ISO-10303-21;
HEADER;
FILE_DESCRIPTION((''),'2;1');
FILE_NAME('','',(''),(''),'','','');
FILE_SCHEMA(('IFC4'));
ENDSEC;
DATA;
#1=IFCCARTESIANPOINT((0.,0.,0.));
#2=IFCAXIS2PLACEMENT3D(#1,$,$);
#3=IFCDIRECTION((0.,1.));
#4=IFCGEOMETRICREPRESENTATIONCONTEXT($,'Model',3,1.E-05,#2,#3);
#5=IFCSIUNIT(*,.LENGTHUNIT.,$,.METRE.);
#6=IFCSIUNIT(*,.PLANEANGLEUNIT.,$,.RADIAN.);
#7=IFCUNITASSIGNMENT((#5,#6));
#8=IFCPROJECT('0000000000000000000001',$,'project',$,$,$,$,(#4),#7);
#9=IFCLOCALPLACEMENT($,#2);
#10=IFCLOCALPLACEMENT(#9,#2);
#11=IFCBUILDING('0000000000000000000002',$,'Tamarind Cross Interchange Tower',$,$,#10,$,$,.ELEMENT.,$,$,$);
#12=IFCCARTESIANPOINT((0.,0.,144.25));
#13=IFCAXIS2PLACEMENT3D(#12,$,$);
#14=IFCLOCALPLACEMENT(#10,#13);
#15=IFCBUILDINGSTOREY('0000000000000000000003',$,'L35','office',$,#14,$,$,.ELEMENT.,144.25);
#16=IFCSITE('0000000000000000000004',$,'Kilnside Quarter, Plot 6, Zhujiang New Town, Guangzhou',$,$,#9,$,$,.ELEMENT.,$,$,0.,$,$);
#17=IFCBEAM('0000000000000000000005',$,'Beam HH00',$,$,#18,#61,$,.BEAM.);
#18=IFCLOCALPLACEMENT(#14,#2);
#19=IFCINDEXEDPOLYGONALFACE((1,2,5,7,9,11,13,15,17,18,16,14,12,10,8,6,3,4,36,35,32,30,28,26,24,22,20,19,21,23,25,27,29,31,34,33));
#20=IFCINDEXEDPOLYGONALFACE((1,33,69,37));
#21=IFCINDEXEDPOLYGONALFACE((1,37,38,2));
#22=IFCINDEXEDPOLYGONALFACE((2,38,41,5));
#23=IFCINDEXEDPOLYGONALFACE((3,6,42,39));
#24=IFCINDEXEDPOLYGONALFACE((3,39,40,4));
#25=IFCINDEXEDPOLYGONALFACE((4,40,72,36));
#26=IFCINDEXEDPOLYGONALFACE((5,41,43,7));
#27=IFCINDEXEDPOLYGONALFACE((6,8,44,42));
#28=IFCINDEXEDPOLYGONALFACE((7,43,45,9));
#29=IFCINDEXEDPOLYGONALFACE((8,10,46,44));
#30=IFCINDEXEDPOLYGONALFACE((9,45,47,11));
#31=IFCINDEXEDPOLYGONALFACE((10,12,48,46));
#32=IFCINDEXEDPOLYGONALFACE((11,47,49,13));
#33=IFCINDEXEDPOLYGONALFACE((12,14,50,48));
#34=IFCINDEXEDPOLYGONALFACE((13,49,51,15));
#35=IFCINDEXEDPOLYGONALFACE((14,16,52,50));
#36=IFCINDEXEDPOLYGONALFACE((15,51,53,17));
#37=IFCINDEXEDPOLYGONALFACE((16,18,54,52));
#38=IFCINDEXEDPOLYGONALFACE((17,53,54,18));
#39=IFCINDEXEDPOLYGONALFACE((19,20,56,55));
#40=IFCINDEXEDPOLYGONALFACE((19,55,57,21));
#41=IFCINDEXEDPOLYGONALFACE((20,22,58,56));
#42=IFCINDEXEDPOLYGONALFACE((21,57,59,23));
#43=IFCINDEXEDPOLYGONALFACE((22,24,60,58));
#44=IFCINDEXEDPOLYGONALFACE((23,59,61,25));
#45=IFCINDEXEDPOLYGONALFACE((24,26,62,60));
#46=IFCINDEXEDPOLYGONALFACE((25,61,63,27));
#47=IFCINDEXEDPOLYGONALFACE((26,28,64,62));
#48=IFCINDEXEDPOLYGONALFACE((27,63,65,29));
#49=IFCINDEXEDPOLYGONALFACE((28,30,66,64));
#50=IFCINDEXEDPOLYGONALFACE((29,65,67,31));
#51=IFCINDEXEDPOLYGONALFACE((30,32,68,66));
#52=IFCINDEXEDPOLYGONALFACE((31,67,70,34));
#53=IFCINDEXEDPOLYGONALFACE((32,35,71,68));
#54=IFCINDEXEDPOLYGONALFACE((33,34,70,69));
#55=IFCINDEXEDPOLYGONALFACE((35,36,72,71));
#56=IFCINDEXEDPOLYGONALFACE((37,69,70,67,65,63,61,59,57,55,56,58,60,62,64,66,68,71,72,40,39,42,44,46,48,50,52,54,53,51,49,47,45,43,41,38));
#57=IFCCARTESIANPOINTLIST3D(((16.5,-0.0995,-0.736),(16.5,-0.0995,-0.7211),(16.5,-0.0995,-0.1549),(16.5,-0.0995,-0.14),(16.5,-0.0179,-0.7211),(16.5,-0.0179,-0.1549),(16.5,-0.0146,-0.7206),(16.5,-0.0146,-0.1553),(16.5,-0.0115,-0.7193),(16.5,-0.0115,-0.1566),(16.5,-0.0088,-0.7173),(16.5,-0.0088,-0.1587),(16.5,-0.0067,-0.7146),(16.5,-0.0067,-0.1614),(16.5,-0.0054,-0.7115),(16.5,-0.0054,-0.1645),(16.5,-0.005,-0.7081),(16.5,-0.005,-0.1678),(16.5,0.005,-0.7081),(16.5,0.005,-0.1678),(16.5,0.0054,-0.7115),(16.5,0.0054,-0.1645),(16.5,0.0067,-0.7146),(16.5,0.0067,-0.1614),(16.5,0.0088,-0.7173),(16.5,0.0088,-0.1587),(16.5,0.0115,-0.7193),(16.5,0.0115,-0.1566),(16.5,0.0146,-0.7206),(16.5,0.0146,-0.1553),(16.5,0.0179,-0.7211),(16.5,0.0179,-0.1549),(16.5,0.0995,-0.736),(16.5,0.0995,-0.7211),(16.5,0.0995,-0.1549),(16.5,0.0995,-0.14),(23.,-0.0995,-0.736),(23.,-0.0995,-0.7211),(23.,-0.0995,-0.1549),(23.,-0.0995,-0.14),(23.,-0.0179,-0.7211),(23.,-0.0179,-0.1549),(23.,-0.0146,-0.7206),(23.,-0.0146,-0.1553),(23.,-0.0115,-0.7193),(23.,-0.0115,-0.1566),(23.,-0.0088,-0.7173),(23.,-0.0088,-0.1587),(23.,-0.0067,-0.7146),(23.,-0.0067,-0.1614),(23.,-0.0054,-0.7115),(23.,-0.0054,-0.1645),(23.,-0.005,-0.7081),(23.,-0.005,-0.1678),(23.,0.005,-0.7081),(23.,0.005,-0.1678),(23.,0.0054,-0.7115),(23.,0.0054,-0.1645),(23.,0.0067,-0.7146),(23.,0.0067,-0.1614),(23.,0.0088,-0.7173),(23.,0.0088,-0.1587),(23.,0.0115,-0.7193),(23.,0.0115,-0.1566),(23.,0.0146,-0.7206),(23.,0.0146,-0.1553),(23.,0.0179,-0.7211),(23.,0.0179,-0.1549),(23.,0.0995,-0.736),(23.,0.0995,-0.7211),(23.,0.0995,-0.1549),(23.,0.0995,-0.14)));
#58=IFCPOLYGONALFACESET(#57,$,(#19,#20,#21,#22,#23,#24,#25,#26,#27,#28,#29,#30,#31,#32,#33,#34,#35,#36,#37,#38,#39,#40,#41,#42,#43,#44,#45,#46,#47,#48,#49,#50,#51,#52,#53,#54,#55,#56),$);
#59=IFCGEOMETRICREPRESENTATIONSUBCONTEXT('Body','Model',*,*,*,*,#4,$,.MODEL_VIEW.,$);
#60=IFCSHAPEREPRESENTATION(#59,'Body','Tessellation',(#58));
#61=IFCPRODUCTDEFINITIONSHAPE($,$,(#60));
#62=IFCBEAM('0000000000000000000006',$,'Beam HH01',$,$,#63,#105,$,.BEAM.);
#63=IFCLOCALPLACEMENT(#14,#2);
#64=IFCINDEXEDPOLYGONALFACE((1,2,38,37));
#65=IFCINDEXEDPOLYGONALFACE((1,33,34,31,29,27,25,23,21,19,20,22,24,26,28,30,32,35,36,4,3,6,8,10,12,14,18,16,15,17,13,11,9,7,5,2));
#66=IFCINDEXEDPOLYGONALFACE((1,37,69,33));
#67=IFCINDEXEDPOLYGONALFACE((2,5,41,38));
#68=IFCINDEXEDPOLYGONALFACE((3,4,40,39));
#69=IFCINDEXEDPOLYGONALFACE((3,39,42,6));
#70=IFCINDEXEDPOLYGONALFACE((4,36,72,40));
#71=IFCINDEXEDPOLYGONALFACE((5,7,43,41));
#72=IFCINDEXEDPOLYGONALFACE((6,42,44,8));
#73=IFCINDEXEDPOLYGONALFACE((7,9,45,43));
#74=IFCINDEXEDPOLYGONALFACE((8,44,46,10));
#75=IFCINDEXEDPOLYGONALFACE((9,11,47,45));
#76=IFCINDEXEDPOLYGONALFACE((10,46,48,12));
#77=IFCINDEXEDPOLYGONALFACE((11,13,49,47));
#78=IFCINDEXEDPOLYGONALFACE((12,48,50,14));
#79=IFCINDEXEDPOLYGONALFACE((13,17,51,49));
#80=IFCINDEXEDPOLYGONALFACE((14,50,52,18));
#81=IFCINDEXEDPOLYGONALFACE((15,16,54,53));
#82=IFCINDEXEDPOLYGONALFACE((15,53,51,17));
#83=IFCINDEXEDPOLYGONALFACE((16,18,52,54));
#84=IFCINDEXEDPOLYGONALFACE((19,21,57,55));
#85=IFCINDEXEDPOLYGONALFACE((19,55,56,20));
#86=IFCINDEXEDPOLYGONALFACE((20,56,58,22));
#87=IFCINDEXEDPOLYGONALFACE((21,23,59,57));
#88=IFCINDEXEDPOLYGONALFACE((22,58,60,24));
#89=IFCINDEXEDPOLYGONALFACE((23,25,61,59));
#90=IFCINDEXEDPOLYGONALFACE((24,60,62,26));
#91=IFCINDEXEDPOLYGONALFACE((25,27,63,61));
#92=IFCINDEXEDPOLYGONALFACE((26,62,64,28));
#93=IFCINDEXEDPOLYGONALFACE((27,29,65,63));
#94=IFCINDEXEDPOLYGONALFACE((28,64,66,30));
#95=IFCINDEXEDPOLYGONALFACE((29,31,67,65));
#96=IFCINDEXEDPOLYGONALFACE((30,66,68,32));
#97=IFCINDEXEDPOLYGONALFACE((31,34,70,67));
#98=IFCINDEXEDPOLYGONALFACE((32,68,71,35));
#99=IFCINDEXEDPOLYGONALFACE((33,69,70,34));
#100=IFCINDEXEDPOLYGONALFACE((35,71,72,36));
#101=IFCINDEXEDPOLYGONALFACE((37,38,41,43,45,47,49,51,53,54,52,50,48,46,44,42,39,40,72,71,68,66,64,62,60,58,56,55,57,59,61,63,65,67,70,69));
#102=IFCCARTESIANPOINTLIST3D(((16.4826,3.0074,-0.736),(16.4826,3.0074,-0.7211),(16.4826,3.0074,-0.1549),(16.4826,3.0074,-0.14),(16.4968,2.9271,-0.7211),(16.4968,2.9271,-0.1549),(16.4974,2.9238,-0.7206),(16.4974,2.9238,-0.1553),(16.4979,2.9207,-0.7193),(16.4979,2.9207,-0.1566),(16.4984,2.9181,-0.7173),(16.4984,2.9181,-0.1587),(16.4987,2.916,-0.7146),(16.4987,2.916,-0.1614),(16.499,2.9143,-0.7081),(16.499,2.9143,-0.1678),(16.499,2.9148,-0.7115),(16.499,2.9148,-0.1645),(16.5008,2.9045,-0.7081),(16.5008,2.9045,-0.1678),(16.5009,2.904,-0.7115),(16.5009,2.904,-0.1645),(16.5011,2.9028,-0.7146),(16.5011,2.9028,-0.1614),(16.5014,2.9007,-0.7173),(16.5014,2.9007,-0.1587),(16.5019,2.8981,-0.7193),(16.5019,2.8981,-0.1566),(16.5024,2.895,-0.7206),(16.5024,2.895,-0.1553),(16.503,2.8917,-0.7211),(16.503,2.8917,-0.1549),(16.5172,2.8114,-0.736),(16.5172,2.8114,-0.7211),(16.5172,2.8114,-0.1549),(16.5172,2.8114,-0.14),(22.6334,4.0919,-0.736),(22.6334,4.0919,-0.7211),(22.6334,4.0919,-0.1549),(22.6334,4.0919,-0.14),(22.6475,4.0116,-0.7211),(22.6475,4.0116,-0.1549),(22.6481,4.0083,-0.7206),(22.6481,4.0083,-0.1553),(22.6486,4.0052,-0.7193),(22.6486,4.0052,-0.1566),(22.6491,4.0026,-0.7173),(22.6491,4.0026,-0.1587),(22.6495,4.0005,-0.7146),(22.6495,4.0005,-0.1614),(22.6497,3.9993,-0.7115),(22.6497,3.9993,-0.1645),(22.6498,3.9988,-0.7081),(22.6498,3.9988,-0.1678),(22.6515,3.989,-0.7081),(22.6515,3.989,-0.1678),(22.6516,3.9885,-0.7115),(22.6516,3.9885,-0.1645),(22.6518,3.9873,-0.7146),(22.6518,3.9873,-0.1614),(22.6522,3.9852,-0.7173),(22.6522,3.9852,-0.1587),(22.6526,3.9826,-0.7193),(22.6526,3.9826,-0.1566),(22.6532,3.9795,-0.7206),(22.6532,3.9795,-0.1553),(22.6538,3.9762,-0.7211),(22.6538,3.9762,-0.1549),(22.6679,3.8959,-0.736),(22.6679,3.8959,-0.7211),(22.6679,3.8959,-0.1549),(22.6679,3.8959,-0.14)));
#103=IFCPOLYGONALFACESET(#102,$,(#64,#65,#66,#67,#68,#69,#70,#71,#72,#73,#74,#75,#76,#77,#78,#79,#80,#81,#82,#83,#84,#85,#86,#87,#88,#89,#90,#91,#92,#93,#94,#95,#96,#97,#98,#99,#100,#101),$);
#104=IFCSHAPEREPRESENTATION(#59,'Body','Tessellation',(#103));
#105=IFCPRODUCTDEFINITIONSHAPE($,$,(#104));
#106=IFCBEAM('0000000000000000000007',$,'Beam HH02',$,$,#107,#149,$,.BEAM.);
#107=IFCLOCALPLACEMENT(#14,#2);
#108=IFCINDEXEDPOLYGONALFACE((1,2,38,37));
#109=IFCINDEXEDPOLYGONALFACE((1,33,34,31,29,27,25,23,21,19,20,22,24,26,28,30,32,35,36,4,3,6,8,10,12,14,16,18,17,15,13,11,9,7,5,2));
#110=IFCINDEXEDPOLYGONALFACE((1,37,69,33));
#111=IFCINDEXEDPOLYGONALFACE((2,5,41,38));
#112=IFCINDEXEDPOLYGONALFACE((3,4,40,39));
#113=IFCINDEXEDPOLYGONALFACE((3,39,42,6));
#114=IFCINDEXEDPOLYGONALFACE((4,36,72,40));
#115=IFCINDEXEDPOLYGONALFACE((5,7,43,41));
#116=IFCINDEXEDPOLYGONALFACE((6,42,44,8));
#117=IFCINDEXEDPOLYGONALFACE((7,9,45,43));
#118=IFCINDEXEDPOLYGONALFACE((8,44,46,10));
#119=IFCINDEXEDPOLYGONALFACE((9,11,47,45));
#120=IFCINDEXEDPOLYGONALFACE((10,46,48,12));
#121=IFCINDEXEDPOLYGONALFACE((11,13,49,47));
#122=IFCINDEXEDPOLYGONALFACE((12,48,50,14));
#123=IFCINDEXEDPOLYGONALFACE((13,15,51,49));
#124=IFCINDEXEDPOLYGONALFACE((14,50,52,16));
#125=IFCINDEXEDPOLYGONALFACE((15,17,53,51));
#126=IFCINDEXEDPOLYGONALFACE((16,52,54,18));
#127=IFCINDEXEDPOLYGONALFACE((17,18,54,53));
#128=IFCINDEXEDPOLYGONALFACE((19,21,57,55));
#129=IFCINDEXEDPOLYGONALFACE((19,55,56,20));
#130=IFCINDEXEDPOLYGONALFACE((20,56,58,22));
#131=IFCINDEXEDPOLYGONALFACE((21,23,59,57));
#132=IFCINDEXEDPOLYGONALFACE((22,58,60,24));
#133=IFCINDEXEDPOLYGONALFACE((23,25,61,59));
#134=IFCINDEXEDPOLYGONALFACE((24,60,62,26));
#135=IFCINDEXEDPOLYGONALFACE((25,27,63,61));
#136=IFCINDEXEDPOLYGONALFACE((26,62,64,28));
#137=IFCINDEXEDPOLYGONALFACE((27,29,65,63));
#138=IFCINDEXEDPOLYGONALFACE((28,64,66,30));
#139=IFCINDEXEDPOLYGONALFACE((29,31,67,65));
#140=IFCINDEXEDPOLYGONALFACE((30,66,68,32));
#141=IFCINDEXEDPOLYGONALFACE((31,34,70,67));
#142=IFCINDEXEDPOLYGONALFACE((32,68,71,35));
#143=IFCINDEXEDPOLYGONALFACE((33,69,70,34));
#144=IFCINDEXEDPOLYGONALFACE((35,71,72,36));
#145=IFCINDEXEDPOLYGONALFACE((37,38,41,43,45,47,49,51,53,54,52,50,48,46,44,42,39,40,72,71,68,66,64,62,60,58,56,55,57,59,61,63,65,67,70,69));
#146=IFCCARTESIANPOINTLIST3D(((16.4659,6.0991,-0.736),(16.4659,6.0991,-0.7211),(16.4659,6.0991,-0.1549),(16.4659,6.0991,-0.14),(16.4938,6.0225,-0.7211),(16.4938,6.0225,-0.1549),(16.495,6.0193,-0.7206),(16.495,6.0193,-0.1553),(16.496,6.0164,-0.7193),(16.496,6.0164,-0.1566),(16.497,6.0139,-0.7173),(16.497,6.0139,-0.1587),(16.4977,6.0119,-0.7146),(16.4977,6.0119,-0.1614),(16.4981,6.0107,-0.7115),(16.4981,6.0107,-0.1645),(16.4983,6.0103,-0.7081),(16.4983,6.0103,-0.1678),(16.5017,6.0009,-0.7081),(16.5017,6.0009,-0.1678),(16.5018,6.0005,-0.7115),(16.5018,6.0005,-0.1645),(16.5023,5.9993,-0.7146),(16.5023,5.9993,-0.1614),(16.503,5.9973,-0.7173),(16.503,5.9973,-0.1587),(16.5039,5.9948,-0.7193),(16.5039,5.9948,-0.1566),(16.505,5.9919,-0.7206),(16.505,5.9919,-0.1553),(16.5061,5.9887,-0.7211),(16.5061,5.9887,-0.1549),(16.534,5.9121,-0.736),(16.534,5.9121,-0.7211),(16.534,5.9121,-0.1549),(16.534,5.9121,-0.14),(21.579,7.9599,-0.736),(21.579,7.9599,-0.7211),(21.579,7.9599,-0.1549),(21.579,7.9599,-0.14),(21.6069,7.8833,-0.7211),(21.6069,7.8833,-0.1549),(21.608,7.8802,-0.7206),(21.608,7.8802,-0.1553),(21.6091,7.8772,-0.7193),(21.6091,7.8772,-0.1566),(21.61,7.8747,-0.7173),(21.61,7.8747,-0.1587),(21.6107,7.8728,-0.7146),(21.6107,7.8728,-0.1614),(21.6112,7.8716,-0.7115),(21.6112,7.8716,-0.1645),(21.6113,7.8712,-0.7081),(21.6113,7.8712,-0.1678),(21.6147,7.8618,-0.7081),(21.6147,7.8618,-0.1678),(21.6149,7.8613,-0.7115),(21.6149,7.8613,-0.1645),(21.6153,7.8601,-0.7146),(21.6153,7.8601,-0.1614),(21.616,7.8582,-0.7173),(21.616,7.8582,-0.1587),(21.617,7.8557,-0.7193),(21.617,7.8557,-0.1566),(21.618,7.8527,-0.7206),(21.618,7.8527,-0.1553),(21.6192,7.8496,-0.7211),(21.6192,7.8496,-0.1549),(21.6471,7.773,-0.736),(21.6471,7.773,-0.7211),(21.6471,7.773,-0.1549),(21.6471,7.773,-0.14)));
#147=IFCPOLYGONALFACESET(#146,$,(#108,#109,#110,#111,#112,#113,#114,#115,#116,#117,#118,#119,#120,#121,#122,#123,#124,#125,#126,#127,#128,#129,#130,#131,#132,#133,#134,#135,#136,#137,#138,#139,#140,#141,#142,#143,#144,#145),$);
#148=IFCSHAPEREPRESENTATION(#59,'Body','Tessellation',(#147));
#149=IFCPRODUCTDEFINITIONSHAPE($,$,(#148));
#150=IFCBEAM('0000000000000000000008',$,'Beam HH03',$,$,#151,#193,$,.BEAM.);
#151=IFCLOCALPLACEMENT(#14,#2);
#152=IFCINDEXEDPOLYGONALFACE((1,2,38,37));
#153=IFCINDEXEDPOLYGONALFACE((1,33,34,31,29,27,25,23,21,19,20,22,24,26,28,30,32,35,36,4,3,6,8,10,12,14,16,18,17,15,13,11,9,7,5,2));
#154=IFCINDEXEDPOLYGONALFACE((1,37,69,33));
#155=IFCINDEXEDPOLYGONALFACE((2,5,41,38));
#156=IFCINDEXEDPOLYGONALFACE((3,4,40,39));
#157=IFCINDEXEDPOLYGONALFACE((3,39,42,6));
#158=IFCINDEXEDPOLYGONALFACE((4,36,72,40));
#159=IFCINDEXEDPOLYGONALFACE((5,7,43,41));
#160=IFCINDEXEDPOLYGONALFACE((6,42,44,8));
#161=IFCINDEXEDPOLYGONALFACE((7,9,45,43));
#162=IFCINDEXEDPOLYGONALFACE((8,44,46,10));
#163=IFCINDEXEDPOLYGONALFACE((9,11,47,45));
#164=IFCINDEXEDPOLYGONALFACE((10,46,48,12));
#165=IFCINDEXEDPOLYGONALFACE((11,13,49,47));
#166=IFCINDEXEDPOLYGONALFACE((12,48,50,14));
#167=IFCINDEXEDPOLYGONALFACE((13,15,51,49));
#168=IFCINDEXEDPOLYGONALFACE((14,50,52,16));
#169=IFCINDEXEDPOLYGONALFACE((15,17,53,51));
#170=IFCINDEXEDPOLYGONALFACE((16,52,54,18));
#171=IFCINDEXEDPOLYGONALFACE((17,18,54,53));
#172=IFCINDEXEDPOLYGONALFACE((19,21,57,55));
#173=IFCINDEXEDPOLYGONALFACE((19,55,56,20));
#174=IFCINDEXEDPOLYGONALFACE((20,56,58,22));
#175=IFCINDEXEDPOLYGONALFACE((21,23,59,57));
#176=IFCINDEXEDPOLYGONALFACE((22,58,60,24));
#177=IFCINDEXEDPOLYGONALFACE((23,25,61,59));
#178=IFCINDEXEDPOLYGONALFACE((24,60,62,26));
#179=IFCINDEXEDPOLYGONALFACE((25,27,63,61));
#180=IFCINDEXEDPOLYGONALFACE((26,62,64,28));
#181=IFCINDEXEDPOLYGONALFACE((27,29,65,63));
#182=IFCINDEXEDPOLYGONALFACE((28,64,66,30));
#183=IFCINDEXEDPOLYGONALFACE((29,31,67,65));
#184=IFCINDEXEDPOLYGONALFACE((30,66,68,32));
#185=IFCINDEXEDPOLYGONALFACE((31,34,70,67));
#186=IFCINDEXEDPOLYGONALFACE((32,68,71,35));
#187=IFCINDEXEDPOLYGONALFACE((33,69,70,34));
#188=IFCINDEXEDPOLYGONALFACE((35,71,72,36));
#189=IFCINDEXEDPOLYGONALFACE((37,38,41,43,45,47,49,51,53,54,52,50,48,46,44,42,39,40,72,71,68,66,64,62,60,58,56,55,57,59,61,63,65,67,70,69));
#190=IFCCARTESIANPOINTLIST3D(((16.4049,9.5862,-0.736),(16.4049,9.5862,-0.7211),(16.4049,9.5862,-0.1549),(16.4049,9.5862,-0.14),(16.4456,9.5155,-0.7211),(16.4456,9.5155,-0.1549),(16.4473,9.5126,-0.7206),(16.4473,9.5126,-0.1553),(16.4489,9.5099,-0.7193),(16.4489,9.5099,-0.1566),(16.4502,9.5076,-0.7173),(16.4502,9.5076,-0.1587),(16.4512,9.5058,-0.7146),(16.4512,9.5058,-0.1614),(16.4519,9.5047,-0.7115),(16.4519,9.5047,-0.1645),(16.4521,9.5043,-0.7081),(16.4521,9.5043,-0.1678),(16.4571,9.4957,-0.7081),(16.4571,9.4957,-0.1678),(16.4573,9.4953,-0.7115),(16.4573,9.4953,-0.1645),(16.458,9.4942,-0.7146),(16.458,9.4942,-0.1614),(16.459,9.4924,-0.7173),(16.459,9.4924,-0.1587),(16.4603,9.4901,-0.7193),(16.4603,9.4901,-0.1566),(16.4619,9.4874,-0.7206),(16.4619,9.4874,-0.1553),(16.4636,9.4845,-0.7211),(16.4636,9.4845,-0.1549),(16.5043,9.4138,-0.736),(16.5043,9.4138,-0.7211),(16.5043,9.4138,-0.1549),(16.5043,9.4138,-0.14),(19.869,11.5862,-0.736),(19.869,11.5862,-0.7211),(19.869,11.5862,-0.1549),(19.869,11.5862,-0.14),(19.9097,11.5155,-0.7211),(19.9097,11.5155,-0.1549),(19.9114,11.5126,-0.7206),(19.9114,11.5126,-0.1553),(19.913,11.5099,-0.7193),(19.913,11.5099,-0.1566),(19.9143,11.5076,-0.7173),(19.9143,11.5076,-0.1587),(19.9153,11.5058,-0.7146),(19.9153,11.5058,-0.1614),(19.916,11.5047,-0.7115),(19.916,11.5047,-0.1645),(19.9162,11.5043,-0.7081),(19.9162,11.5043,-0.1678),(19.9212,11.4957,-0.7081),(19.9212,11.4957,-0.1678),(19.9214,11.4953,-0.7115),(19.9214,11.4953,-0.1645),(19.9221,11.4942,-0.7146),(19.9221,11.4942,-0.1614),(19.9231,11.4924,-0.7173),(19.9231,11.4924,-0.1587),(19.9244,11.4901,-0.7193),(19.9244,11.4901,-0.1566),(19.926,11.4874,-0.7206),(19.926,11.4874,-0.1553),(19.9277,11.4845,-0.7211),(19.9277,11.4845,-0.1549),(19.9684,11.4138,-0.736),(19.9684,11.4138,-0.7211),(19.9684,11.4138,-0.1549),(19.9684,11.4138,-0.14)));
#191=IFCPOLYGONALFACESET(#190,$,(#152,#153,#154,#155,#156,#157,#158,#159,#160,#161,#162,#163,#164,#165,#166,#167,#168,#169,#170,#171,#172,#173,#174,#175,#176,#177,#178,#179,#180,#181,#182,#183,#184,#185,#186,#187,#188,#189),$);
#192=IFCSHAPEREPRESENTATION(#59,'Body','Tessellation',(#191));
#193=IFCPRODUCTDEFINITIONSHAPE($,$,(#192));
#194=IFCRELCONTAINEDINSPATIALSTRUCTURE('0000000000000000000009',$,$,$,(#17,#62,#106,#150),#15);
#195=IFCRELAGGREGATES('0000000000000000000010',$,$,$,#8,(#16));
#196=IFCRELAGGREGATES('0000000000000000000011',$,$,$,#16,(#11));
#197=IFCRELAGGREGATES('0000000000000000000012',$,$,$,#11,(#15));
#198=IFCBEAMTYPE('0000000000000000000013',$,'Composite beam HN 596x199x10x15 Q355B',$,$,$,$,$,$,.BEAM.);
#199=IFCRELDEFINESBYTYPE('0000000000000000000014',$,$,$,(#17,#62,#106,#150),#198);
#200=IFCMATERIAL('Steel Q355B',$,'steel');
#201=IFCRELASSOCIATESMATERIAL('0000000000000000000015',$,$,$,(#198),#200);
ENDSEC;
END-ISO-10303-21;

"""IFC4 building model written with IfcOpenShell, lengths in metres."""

from ifc_helpers import new_model, si_unit, direction, frame, origin, origin_2d, place, context, subcontext, project, spatial, i_section, extrude, material, material_profile, profile_set, type_object, element, save


model = new_model("IFC4")

# Units and contexts
model_context = context("Model", 3, precision=1e-05, world=origin(), true_north=direction((0.0, 1.0)))
body_context = subcontext(model_context, "Body", "Model", "MODEL_VIEW")
ifc_project = project(units=[si_unit("LENGTHUNIT", "METRE"), si_unit("PLANEANGLEUNIT", "RADIAN")], contexts=[model_context])

# Site, building, storey
site_placement = place(None, origin())
site = spatial("IfcSite", under=ifc_project, at=site_placement, Name="Kilnside Quarter, Plot 6, Zhujiang New Town, Guangzhou", CompositionType="ELEMENT", RefElevation=0.0)
building_placement = place(site_placement, origin())
building = spatial("IfcBuilding", under=site, at=building_placement, Name="Tamarind Cross Interchange Tower", CompositionType="ELEMENT")
storey_placement = place(building_placement, frame((0.0, 0.0, 144.25)))
storey = spatial("IfcBuildingStorey", under=building, at=storey_placement, Name="L35", Description="office", CompositionType="ELEMENT", Elevation=144.25)

# Beams
ifc_material_1 = material(Name="Steel Q355B", Category="steel")
ifc_material_profile_1 = material_profile(ifc_material_1, i_section(OverallWidth=0.199, OverallDepth=0.5959, WebThickness=0.01, FlangeThickness=0.0149, FilletRadius=0.0129, at=origin_2d()), Name="HN 596x199x10x15")
ifc_profile_set_1 = profile_set([ifc_material_profile_1], Name="Steel Q355B")
beam_type_1 = type_object("IfcBeamType", Name="Composite beam HN 596x199x10x15 Q355B", PredefinedType="BEAM", material=ifc_profile_set_1)
beam_1_placement = place(storey_placement, frame((23.0, 0.0, -0.438), z_axis=(-1.0, 0.0, 0.0), x_axis=(0.0, -1.0, 0.0)))
element("IfcBeam", 1, at=beam_1_placement, inside=storey, type_object=beam_type_1, Name="Beam HH00", PredefinedType="BEAM", context=body_context, shape_type="SweptSolid", body=[
    extrude(i_section(OverallWidth=0.199, OverallDepth=0.5959, WebThickness=0.01, FlangeThickness=0.0149, FilletRadius=0.0129, at=origin_2d()), origin(), (0.0, 0.0, 1.0), 6.5),
])
beam_2_placement = place(storey_placement, frame((22.6506, 3.9939, -0.438), z_axis=(-0.984809, -0.17364, 0.0), x_axis=(0.17364, -0.984809, 0.0)))
element("IfcBeam", 2, at=beam_2_placement, inside=storey, type_object=beam_type_1, Name="Beam HH01", PredefinedType="BEAM", context=body_context, shape_type="SweptSolid", body=[
    extrude(i_section(OverallWidth=0.199, OverallDepth=0.5959, WebThickness=0.01, FlangeThickness=0.0149, FilletRadius=0.0129, at=origin_2d()), origin(), (0.0, 0.0, 1.0), 6.2456),
])
beam_3_placement = place(storey_placement, frame((21.613, 7.8665, -0.438), z_axis=(-0.939702, -0.341995, 0.0), x_axis=(0.341995, -0.939702, 0.0)))
element("IfcBeam", 3, at=beam_3_placement, inside=storey, type_object=beam_type_1, Name="Beam HH02", PredefinedType="BEAM", context=body_context, shape_type="SweptSolid", body=[
    extrude(i_section(OverallWidth=0.199, OverallDepth=0.5959, WebThickness=0.01, FlangeThickness=0.0149, FilletRadius=0.0129, at=origin_2d()), origin(), (0.0, 0.0, 1.0), 5.4412),
])
beam_4_placement = place(storey_placement, frame((19.9187, 11.5, -0.438), z_axis=(-0.866026, -0.499999, 0.0), x_axis=(0.499999, -0.866026, 0.0)))
element("IfcBeam", 4, at=beam_4_placement, inside=storey, type_object=beam_type_1, Name="Beam HH03", PredefinedType="BEAM", context=body_context, shape_type="SweptSolid", body=[
    extrude(i_section(OverallWidth=0.199, OverallDepth=0.5959, WebThickness=0.01, FlangeThickness=0.0149, FilletRadius=0.0129, at=origin_2d()), origin(), (0.0, 0.0, 1.0), 4.0),
])

save(model, "model.ifc")
